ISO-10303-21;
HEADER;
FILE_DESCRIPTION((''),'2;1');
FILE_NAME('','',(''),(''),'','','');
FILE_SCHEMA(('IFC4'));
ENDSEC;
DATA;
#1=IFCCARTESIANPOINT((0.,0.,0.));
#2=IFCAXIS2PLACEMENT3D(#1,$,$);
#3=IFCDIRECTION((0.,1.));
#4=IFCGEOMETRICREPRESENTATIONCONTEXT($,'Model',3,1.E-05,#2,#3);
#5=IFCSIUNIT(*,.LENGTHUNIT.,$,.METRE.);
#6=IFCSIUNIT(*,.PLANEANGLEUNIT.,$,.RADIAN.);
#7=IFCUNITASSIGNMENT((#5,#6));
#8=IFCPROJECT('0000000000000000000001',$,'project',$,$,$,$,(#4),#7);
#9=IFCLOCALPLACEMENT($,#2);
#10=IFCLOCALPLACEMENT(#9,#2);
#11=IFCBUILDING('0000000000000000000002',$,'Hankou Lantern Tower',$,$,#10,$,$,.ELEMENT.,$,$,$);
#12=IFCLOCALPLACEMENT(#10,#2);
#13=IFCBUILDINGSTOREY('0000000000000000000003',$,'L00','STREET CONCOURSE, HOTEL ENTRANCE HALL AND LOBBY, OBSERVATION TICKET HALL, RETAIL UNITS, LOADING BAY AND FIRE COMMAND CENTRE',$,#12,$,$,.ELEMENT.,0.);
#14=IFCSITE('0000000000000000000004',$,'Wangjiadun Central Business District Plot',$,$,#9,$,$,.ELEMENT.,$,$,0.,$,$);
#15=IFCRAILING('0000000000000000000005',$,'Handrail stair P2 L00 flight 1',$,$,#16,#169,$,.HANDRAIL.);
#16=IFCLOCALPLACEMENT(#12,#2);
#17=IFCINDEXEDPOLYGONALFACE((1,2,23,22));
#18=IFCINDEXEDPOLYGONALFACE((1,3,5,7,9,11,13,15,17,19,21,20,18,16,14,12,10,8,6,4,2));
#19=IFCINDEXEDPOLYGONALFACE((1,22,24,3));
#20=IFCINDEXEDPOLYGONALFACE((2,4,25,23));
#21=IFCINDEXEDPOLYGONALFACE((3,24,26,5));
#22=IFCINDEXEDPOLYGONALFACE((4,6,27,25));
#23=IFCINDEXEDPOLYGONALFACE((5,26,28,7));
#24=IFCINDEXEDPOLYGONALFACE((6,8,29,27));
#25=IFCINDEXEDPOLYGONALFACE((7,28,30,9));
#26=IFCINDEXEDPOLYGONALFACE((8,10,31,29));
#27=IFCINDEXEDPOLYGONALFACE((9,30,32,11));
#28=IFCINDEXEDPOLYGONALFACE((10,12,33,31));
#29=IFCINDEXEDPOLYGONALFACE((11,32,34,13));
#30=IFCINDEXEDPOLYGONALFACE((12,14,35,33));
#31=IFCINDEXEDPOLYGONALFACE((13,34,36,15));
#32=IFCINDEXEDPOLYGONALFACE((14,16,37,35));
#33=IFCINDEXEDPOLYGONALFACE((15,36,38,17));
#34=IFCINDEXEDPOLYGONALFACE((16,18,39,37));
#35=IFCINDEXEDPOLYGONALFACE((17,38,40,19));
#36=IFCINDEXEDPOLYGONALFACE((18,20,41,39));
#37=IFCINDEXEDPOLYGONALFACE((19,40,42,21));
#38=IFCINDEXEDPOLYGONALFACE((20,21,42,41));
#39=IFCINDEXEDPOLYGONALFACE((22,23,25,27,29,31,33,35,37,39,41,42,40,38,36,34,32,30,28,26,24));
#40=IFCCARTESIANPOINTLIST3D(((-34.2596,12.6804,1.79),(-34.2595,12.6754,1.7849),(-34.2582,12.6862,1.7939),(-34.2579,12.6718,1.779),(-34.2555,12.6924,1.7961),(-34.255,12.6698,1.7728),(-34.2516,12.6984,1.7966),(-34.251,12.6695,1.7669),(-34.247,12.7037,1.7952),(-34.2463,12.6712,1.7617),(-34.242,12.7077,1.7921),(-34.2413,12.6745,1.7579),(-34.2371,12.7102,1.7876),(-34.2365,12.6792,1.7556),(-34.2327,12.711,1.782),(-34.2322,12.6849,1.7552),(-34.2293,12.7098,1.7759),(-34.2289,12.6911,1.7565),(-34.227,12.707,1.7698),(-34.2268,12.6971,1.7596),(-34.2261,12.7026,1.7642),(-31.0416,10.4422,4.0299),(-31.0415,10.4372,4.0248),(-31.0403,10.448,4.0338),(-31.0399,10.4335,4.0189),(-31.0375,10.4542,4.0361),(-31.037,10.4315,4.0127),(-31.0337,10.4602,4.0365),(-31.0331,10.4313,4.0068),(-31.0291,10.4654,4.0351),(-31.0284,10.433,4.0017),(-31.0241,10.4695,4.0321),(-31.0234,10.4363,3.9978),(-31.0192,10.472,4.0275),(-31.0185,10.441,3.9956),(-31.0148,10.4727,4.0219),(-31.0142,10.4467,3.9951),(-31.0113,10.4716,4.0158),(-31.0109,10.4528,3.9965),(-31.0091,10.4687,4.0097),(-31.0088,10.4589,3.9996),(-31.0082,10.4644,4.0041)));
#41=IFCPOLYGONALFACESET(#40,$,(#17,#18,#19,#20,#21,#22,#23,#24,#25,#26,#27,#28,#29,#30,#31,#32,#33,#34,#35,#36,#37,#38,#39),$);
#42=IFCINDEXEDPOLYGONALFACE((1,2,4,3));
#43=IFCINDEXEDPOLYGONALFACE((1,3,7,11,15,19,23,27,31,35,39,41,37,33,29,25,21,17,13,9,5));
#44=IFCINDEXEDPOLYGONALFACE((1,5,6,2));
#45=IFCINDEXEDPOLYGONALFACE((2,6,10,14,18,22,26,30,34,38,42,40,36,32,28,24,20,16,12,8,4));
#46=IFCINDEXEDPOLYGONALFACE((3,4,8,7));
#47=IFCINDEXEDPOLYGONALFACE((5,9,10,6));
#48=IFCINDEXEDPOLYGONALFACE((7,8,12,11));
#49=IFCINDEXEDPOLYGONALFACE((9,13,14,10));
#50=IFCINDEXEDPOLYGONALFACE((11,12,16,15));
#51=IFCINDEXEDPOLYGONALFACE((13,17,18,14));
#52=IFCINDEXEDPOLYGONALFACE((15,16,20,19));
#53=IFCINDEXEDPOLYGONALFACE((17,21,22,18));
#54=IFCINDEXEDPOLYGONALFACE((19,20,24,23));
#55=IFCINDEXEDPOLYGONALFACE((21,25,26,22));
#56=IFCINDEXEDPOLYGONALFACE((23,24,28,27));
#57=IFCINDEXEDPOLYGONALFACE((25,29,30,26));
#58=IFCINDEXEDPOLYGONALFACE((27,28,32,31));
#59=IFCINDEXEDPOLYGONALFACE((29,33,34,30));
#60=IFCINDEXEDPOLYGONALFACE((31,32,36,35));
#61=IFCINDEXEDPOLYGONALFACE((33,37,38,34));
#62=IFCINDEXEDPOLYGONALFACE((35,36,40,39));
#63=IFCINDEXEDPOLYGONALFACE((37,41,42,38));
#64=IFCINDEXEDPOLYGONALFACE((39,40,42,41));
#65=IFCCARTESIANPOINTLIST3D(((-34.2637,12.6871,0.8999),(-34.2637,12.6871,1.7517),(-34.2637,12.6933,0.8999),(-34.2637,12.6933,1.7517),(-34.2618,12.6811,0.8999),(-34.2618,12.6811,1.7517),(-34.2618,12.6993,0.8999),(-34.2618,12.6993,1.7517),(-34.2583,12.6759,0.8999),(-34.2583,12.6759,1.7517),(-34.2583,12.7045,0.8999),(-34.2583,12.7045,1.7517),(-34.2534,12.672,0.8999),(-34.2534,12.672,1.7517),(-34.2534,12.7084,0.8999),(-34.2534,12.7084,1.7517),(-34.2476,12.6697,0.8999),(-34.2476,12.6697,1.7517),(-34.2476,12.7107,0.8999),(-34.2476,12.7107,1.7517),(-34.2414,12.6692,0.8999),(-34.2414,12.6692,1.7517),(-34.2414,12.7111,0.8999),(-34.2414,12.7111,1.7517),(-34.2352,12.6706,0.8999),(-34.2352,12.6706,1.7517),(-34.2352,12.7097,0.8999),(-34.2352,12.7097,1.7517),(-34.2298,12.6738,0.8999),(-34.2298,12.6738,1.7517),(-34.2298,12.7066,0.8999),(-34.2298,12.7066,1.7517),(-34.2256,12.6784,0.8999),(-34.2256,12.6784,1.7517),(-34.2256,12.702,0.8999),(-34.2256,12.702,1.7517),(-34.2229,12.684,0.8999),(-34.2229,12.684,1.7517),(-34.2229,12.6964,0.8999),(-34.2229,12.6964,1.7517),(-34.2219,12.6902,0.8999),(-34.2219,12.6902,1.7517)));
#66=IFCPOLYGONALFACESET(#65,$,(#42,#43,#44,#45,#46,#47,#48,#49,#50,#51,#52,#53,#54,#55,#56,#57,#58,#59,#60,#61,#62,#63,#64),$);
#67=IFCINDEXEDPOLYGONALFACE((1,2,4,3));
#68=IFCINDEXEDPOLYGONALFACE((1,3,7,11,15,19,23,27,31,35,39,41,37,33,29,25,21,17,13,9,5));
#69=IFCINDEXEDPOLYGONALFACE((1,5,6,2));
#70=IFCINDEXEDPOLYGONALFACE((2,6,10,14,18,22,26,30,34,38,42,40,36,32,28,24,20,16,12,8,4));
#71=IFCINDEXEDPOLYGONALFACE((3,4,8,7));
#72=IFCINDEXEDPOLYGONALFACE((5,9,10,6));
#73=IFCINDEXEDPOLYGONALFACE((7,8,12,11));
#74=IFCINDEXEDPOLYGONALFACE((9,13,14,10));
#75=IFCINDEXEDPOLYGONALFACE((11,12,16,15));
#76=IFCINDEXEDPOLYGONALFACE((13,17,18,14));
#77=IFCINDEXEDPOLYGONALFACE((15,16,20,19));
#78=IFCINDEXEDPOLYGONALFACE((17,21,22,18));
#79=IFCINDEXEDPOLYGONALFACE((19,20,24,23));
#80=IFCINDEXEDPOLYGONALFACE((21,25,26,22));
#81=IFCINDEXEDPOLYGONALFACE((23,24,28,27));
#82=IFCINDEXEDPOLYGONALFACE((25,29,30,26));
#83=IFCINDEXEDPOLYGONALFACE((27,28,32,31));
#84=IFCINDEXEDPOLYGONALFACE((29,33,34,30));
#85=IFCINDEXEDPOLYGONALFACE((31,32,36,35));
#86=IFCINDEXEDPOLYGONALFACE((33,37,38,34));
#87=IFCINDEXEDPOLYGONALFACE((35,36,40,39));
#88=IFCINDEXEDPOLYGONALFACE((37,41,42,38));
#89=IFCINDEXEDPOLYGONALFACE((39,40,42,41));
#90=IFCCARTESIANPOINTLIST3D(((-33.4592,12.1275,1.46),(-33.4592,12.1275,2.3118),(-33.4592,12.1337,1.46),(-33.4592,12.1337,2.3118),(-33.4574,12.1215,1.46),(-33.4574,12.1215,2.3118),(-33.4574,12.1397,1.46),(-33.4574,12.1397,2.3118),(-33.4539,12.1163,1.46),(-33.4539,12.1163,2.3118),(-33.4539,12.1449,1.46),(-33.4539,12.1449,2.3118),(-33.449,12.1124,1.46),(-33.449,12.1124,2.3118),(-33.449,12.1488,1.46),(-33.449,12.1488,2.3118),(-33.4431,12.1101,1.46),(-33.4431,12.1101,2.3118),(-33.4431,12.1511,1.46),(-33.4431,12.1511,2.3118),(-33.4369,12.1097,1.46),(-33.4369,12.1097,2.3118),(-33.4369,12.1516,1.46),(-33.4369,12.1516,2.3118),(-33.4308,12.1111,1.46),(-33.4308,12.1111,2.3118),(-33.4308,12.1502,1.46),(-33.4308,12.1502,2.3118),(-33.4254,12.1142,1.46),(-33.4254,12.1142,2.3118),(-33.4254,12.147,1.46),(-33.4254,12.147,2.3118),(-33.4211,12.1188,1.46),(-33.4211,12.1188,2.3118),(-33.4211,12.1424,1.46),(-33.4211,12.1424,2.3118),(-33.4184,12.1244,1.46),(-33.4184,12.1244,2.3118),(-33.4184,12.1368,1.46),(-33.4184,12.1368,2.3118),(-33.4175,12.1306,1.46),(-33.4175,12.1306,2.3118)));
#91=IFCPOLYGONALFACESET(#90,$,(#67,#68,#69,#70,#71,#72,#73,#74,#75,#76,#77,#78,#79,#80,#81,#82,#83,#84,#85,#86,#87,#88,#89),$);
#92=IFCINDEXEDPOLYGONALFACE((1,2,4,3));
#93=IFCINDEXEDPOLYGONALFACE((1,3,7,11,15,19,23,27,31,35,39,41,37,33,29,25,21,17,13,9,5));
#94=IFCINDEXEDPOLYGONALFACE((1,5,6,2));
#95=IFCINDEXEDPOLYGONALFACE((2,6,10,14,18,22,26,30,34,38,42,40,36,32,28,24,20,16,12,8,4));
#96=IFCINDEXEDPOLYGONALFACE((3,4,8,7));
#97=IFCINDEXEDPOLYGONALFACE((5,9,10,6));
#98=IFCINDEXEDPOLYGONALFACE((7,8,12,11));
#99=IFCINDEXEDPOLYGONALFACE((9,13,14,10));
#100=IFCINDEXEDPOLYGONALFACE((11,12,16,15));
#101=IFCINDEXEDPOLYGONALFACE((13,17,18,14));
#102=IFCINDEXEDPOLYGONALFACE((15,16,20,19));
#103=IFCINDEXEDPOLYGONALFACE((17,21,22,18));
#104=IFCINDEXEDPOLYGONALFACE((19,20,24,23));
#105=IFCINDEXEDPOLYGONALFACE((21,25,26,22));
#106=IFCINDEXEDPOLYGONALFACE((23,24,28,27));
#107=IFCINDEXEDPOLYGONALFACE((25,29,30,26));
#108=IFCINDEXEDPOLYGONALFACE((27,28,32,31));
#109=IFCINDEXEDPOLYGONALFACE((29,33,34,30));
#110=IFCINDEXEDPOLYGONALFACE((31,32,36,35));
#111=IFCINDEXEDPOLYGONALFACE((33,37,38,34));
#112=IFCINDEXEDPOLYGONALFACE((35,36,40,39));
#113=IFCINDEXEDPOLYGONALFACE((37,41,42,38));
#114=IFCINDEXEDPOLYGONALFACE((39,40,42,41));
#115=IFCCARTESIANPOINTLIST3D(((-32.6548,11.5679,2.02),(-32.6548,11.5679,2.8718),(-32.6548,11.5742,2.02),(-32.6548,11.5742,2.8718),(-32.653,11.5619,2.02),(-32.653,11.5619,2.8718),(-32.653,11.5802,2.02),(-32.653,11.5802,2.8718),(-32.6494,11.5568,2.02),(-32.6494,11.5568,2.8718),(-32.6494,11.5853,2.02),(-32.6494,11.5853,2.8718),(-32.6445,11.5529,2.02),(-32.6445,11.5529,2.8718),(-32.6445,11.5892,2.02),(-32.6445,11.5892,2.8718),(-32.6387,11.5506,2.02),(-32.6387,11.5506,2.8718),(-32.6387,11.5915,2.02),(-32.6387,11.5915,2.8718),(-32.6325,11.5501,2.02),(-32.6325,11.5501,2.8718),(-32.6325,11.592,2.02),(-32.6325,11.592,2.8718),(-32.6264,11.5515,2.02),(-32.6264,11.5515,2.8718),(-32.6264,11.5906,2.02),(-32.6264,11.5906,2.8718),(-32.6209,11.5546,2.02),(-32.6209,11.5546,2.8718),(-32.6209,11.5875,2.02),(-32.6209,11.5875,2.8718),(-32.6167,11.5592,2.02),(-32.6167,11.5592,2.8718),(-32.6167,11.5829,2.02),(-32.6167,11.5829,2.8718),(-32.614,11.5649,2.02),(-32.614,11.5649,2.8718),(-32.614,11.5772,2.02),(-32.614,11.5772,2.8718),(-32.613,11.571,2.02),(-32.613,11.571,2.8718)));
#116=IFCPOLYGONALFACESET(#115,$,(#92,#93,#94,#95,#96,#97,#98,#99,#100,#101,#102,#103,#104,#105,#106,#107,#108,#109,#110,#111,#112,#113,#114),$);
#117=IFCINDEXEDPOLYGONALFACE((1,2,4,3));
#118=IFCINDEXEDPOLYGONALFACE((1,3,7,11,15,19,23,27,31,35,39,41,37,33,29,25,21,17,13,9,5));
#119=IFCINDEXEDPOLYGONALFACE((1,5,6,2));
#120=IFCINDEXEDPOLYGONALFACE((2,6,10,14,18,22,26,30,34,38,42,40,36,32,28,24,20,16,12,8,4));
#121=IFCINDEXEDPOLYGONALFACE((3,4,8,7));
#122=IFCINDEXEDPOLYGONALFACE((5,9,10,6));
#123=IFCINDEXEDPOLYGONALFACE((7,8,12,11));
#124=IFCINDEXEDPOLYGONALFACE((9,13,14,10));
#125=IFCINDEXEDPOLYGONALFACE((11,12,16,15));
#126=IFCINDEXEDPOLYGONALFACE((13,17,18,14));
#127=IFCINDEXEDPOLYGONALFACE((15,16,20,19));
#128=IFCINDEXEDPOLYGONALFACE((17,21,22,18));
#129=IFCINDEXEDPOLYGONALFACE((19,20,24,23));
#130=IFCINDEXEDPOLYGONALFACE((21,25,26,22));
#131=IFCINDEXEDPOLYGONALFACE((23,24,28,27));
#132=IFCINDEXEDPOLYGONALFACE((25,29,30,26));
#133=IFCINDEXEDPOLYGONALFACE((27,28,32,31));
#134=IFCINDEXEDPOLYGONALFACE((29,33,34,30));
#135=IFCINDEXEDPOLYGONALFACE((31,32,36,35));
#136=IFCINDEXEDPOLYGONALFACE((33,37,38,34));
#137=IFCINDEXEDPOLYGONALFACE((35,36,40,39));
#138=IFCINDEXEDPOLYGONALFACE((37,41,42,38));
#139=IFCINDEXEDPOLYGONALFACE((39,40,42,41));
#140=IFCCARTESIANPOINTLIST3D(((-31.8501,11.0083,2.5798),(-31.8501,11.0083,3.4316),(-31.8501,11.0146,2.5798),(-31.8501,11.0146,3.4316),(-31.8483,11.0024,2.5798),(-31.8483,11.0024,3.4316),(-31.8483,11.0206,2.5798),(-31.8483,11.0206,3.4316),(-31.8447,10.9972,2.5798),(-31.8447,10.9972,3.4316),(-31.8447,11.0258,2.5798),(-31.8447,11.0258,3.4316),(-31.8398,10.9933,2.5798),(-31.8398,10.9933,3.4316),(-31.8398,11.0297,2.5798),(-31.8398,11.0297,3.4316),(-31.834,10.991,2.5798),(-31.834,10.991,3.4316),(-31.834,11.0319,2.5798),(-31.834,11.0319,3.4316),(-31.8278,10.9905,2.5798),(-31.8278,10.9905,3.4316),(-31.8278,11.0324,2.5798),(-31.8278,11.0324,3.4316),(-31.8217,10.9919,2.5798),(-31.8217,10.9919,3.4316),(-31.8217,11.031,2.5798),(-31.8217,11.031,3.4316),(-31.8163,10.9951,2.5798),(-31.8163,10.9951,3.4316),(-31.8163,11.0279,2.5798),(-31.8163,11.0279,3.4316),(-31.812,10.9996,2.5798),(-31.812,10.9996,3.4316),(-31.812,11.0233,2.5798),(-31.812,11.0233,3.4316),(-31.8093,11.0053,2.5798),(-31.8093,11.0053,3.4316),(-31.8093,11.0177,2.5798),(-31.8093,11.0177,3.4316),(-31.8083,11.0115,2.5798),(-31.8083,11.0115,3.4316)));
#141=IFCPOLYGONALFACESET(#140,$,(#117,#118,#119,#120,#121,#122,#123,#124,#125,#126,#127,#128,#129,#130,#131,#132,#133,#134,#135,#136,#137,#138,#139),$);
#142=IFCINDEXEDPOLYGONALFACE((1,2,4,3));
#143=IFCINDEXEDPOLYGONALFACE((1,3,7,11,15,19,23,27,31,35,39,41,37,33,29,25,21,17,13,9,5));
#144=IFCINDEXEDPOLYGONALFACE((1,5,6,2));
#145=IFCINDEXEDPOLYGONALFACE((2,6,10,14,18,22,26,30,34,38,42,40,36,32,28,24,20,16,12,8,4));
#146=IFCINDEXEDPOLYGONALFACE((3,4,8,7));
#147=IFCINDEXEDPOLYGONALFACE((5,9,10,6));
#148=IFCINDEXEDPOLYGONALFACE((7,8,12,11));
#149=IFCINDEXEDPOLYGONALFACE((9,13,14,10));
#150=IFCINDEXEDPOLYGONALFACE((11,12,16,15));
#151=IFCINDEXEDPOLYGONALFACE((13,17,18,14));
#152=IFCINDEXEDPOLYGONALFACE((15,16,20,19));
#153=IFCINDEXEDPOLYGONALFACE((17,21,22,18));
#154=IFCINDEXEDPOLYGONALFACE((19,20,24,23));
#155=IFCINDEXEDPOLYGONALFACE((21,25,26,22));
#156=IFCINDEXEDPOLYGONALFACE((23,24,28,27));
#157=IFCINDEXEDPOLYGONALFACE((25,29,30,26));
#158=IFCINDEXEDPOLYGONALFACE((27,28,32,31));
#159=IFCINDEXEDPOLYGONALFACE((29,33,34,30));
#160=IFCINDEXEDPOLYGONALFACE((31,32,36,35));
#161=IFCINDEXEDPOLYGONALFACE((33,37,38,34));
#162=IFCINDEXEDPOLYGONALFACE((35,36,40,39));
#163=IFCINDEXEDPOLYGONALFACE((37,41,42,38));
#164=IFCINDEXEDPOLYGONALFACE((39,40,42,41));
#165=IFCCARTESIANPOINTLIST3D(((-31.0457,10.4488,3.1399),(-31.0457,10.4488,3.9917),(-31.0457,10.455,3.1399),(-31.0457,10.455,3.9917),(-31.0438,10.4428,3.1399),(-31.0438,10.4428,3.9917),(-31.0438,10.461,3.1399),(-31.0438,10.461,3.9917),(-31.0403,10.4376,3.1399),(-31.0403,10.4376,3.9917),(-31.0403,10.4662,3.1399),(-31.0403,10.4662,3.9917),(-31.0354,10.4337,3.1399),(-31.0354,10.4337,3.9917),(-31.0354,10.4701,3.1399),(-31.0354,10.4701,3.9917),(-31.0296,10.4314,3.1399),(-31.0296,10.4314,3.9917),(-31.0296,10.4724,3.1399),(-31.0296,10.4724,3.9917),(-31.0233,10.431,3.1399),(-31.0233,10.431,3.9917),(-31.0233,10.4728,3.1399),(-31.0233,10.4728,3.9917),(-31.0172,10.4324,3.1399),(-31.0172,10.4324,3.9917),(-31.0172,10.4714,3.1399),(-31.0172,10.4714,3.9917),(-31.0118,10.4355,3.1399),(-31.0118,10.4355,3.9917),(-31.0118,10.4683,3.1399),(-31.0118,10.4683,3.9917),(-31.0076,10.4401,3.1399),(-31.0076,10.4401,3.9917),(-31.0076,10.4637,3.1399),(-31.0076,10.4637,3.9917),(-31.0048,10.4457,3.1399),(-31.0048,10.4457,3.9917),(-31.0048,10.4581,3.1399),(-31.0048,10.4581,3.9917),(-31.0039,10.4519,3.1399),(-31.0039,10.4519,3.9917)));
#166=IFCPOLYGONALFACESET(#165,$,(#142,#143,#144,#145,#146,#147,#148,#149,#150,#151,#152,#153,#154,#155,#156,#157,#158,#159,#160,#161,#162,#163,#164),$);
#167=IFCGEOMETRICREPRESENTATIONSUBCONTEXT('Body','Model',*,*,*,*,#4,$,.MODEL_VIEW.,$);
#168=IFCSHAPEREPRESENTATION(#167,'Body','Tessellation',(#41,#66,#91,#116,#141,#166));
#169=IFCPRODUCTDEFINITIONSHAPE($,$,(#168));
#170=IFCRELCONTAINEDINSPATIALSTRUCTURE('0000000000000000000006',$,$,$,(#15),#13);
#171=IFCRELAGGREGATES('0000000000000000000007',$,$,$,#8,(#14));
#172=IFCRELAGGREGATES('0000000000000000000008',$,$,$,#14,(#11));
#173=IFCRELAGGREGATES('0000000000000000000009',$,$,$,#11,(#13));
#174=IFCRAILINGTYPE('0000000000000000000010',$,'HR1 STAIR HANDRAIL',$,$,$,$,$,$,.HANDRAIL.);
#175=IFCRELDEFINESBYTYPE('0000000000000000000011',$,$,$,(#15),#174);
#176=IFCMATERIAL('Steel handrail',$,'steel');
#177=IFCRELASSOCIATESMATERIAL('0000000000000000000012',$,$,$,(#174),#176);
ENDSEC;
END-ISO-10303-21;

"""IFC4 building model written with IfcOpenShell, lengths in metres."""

from ifc_helpers import new_model, si_unit, direction, frame, origin, origin_2d, place, context, subcontext, project, spatial, circle, extrude, material, type_object, element, save


model = new_model("IFC4")

# Units and contexts
model_context = context("Model", 3, precision=1e-05, world=origin(), true_north=direction((0.0, 1.0)))
body_context = subcontext(model_context, "Body", "Model", "MODEL_VIEW")
ifc_project = project(units=[si_unit("LENGTHUNIT", "METRE"), si_unit("PLANEANGLEUNIT", "RADIAN")], contexts=[model_context])

# Site, building, storey
site_placement = place(None, origin())
site = spatial("IfcSite", under=ifc_project, at=site_placement, Name="Wangjiadun Central Business District Plot", CompositionType="ELEMENT", RefElevation=0.0)
building_placement = place(site_placement, origin())
building = spatial("IfcBuilding", under=site, at=building_placement, Name="Hankou Lantern Tower", CompositionType="ELEMENT")
storey_placement = place(building_placement, origin())
storey = spatial("IfcBuildingStorey", under=building, at=storey_placement, Name="L00", Description="STREET CONCOURSE, HOTEL ENTRANCE HALL AND LOBBY, OBSERVATION TICKET HALL, RETAIL UNITS, LOADING BAY AND FIRE COMMAND CENTRE", CompositionType="ELEMENT", Elevation=0.0)

# Railing
ifc_material_1 = material(Name="Steel handrail", Category="steel")
railing_type = type_object("IfcRailingType", Name="HR1 STAIR HANDRAIL", PredefinedType="HANDRAIL", material=ifc_material_1)
railing_1_placement = place(storey_placement, frame((-34.2429, 12.6902, 0.8999)))
element("IfcRailing", 1, at=railing_1_placement, inside=storey, type_object=railing_type, Name="Handrail stair P2 L00 flight 1", PredefinedType="HANDRAIL", context=body_context, shape_type="SweptSolid", body=[
    extrude(circle(Radius=0.0239, at=origin_2d()), frame((0.0, 0.0, 0.876), z_axis=(0.712776, -0.495769, 0.496148), x_axis=(0.571006, 0.820946, 0.0)), (0.0, 0.0, 1.0), 4.5146),
    extrude(circle(Radius=0.021, at=origin_2d()), origin(), (0.0, 0.0, 1.0), 0.8518),
    extrude(circle(Radius=0.021, at=origin_2d()), frame((0.8044, -0.5596, 0.5601)), (0.0, 0.0, 1.0), 0.8518),
    extrude(circle(Radius=0.021, at=origin_2d()), frame((1.6089, -1.1191, 1.1201)), (0.0, 0.0, 1.0), 0.8518),
    extrude(circle(Radius=0.021, at=origin_2d()), frame((2.4136, -1.6787, 1.6799)), (0.0, 0.0, 1.0), 0.8518),
    extrude(circle(Radius=0.021, at=origin_2d()), frame((3.218, -2.2383, 2.24)), (0.0, 0.0, 1.0), 0.8518),
])

save(model, "model.ifc")
